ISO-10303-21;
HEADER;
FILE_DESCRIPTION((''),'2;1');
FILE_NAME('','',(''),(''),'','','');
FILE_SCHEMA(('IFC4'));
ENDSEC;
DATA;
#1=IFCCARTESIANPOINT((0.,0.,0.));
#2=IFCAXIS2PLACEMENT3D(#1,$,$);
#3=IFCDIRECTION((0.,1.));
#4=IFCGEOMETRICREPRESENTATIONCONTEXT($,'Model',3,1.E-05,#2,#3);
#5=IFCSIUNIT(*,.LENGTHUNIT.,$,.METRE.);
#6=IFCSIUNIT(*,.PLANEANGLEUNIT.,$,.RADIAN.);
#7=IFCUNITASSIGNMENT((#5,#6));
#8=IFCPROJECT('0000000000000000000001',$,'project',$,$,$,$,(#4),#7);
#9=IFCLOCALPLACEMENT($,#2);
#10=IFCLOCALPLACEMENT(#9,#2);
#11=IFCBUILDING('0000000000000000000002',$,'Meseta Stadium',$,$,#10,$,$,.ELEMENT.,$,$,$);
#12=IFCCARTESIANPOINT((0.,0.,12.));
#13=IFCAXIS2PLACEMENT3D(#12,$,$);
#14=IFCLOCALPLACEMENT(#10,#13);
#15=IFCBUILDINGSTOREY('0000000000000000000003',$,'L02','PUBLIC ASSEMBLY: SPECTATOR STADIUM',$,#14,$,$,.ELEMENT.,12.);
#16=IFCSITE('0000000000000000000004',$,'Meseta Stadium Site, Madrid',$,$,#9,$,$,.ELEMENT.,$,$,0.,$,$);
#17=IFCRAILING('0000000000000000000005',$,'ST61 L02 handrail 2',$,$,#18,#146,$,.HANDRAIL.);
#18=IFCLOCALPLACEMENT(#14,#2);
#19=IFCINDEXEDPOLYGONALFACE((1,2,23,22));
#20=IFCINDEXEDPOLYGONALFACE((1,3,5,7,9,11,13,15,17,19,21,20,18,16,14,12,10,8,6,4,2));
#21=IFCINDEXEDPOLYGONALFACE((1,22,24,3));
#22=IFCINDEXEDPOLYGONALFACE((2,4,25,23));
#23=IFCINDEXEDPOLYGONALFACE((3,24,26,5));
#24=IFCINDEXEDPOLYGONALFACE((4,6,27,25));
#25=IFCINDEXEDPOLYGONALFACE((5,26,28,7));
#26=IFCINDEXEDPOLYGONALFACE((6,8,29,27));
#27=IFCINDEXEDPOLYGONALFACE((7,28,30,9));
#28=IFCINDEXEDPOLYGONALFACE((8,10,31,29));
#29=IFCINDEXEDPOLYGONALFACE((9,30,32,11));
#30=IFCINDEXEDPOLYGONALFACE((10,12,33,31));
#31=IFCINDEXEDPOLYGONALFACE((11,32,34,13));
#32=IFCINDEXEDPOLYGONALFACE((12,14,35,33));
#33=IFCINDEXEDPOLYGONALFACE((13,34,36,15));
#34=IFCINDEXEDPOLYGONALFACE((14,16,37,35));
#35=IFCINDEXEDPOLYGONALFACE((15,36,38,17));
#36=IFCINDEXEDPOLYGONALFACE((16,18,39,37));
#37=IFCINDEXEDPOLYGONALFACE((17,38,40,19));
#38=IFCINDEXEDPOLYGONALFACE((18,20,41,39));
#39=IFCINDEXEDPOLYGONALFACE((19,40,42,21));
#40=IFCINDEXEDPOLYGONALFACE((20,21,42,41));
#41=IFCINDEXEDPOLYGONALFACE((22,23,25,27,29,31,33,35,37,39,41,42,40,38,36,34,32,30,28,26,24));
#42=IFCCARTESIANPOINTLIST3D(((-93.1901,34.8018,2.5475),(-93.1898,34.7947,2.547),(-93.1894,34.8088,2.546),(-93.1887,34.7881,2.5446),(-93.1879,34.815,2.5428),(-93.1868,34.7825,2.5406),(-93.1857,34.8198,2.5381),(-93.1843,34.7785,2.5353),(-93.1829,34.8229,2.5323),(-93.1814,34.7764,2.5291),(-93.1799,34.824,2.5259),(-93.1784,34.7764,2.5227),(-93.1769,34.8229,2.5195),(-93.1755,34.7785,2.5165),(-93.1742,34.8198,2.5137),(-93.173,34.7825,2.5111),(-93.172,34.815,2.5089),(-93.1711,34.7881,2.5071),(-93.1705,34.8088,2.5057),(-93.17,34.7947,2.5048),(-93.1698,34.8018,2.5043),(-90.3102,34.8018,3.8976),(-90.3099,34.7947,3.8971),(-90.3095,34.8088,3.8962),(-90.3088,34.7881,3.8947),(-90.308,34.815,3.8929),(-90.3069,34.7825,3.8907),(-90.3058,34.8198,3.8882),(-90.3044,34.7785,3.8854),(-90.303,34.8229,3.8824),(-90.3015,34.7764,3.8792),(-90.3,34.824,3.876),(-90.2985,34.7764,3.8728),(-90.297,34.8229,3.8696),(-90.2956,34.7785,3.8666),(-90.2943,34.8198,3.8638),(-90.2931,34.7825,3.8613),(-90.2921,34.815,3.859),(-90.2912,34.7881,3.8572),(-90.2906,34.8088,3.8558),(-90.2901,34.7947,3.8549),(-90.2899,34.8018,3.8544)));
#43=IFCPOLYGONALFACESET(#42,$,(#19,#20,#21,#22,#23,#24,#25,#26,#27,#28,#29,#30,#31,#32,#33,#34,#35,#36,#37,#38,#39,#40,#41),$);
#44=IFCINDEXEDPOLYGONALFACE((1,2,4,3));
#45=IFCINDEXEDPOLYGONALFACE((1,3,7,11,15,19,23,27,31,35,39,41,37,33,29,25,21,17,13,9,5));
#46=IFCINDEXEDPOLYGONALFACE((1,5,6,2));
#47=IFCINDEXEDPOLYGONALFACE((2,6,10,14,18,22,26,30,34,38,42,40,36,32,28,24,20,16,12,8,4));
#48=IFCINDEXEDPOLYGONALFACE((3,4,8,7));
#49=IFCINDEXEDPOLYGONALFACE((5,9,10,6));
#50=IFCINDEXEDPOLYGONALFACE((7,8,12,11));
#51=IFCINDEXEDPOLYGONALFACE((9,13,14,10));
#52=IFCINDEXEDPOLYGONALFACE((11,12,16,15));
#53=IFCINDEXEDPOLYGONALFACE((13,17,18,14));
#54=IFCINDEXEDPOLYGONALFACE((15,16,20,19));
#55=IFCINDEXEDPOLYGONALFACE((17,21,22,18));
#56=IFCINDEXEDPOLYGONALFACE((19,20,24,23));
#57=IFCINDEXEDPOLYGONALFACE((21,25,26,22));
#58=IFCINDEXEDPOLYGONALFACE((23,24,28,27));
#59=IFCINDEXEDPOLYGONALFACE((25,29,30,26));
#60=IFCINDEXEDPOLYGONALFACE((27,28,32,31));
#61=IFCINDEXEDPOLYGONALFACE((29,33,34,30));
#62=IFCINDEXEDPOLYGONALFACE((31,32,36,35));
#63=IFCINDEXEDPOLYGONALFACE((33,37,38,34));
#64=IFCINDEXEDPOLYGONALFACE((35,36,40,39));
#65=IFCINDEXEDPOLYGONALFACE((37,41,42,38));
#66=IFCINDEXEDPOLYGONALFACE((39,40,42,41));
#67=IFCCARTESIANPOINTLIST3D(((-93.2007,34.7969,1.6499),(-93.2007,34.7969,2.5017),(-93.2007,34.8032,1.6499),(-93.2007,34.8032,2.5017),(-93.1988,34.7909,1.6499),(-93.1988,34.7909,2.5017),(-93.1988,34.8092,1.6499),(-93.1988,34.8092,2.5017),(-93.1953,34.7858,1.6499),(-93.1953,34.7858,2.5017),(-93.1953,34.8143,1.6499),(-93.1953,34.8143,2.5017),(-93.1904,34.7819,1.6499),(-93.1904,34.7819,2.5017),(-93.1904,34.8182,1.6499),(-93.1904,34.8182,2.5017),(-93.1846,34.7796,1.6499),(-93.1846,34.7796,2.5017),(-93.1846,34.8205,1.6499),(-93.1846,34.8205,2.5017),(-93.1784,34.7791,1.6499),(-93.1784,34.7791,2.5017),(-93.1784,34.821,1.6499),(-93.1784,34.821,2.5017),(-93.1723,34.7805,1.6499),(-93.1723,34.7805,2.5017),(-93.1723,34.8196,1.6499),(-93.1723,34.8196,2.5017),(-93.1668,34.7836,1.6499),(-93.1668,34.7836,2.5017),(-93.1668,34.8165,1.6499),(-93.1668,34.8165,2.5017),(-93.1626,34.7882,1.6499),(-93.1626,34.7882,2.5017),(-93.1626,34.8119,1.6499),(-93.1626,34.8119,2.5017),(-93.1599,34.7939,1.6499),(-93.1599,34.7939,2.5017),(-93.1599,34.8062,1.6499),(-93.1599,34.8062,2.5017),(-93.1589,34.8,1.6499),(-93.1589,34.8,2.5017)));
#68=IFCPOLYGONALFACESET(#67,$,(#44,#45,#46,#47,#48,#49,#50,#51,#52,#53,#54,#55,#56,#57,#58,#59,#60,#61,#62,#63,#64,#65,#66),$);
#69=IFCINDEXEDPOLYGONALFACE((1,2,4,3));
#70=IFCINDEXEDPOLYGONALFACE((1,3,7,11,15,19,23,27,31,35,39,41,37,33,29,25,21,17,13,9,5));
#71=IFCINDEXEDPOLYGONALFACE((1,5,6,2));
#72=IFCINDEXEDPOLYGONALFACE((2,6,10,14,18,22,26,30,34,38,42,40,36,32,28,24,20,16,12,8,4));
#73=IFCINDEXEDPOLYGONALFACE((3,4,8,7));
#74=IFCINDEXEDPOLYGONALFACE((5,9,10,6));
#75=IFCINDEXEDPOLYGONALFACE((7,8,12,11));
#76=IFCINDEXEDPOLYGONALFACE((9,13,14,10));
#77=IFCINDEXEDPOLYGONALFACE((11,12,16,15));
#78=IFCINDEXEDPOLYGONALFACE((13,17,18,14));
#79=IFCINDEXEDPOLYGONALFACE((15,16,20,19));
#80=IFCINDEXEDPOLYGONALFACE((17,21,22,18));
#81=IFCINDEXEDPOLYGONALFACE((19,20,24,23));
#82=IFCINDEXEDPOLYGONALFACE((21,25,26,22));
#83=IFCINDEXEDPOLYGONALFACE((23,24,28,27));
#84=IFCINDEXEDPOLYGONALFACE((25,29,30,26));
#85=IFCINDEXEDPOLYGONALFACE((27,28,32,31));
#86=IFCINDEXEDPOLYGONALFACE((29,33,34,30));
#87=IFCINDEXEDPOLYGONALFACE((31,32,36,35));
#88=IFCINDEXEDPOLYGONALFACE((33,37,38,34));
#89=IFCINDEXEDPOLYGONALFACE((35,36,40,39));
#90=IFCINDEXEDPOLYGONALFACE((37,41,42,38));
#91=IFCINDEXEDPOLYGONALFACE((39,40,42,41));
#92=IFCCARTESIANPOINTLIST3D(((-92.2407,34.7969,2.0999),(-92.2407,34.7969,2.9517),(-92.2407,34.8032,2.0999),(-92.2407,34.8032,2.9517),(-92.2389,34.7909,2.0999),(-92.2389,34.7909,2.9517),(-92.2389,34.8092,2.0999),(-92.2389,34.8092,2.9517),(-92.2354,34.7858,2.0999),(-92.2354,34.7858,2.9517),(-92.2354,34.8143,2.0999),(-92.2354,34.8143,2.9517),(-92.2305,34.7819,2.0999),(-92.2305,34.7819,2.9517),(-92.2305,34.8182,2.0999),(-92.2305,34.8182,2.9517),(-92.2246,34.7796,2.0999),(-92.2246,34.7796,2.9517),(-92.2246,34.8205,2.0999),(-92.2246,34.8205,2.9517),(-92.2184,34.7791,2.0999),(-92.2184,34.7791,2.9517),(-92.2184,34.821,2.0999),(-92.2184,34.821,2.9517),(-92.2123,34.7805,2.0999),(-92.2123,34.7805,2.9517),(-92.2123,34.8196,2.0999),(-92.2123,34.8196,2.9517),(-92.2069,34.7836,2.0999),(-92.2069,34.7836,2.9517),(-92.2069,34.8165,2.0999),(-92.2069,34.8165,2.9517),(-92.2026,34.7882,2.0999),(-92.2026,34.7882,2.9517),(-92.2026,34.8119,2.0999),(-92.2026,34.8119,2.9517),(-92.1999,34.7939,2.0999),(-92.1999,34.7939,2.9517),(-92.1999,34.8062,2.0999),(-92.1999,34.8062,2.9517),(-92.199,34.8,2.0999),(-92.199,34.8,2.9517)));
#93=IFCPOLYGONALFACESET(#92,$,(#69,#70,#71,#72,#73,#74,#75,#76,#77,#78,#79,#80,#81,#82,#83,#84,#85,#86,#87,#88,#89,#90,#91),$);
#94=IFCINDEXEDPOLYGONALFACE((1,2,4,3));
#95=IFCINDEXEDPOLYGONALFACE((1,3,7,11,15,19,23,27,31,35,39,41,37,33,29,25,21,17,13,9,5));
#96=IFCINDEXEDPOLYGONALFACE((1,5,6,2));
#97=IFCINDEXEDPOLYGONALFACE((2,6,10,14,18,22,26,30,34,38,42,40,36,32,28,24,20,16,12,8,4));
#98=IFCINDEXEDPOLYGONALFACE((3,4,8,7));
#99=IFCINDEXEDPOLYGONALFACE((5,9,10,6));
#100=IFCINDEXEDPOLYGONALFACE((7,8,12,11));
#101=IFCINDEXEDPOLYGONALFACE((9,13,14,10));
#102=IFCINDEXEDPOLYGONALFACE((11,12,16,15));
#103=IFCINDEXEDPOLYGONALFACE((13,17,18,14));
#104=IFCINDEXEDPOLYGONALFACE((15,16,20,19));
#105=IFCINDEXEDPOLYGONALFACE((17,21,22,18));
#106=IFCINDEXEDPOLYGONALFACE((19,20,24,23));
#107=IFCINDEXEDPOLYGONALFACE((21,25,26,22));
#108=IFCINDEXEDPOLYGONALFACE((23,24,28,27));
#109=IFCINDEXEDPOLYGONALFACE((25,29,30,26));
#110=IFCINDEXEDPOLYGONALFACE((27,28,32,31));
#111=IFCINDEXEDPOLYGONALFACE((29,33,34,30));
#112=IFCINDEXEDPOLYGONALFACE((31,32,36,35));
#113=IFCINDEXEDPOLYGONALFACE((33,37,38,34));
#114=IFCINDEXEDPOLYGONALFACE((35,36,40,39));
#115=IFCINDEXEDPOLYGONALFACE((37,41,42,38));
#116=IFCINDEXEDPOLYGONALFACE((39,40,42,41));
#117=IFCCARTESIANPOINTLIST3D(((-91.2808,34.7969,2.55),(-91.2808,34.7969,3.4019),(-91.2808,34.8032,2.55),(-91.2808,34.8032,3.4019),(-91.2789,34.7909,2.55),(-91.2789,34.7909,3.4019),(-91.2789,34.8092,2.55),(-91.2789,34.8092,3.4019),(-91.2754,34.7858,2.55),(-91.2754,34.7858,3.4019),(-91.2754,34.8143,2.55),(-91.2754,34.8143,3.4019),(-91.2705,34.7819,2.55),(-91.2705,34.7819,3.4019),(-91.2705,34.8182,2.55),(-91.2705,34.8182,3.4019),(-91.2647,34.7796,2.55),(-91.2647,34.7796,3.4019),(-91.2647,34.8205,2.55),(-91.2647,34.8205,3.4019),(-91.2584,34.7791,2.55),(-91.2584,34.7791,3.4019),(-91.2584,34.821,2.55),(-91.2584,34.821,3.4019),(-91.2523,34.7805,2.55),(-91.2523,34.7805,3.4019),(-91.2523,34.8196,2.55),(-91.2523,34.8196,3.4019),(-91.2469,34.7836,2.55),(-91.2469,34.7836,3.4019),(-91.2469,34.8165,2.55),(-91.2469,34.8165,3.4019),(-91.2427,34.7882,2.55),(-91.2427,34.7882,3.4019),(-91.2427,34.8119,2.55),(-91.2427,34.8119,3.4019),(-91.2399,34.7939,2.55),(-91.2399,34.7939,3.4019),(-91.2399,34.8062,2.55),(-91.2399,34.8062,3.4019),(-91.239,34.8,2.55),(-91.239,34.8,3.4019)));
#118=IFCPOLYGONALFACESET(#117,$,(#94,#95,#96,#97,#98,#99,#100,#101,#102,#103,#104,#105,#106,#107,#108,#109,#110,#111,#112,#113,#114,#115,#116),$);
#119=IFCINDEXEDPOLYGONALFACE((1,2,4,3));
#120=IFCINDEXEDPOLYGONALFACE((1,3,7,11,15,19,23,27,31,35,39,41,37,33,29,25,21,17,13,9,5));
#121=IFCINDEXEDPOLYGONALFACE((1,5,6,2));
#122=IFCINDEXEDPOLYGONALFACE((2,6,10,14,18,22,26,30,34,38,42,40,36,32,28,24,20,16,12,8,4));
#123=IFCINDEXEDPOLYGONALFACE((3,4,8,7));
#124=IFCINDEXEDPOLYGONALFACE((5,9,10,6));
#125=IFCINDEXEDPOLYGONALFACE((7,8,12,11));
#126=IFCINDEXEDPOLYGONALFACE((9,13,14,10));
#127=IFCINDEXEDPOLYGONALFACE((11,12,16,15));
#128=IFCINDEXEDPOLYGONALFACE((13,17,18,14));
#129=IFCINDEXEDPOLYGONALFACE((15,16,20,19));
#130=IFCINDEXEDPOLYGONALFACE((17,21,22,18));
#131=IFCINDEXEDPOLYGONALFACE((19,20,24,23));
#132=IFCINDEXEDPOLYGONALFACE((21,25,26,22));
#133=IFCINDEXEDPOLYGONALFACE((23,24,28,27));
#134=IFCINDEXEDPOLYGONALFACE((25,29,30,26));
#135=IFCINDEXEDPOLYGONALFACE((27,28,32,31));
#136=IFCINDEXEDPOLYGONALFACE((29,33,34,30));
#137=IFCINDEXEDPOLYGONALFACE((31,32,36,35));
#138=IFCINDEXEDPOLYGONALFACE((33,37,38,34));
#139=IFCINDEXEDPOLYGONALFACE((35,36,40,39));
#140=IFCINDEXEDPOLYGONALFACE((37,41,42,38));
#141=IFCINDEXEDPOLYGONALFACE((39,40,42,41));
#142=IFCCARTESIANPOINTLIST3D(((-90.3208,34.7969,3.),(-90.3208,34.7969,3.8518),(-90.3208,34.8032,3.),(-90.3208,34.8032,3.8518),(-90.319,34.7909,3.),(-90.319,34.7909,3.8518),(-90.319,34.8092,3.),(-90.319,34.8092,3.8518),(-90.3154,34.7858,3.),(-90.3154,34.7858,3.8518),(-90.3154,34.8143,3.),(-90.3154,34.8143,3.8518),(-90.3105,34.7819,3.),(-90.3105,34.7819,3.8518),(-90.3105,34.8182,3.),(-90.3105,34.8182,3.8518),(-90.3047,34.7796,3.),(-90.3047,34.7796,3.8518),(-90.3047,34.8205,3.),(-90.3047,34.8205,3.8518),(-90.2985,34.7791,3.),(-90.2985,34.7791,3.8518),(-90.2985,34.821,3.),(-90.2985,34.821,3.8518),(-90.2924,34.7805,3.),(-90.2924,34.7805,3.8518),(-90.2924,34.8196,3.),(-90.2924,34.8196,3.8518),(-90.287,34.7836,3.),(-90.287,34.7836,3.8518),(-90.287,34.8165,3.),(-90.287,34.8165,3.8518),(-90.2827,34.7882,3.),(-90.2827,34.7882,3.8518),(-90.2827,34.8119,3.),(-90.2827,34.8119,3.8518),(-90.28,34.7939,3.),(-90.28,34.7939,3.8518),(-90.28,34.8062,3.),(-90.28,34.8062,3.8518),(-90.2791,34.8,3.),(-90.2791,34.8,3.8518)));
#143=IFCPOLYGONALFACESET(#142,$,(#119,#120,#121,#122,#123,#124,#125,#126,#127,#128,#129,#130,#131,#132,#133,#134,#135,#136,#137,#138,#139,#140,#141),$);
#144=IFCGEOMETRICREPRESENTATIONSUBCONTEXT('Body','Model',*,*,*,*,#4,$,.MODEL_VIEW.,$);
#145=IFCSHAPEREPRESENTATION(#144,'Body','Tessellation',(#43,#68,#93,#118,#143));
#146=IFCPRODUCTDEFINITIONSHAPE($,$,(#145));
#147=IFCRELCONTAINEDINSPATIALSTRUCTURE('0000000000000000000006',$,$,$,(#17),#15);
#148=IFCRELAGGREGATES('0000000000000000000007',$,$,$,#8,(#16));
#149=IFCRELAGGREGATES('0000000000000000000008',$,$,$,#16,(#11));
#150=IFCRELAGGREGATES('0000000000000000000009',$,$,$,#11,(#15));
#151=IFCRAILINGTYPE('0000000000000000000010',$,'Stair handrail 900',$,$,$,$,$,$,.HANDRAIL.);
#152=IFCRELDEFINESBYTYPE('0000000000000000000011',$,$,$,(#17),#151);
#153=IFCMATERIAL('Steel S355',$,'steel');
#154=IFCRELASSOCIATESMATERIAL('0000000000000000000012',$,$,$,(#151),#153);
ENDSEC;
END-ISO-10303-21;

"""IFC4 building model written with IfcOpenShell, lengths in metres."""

from ifc_helpers import new_model, si_unit, direction, frame, origin, origin_2d, place, context, subcontext, project, spatial, circle, extrude, material, type_object, element, save


model = new_model("IFC4")

# Units and contexts
model_context = context("Model", 3, precision=1e-05, world=origin(), true_north=direction((0.0, 1.0)))
body_context = subcontext(model_context, "Body", "Model", "MODEL_VIEW")
ifc_project = project(units=[si_unit("LENGTHUNIT", "METRE"), si_unit("PLANEANGLEUNIT", "RADIAN")], contexts=[model_context])

# Site, building, storey
site_placement = place(None, origin())
site = spatial("IfcSite", under=ifc_project, at=site_placement, Name="Meseta Stadium Site, Madrid", CompositionType="ELEMENT", RefElevation=0.0)
building_placement = place(site_placement, origin())
building = spatial("IfcBuilding", under=site, at=building_placement, Name="Meseta Stadium", CompositionType="ELEMENT")
storey_placement = place(building_placement, frame((0.0, 0.0, 12.0)))
storey = spatial("IfcBuildingStorey", under=building, at=storey_placement, Name="L02", Description="PUBLIC ASSEMBLY: SPECTATOR STADIUM", CompositionType="ELEMENT", Elevation=12.0)

# Railing
ifc_material_1 = material(Name="Steel S355", Category="steel")
railing_type_1 = type_object("IfcRailingType", Name="Stair handrail 900", PredefinedType="HANDRAIL", material=ifc_material_1)
railing_1_placement = place(storey_placement, frame((-93.1799, 34.8, 1.6499)))
element("IfcRailing", 1, at=railing_1_placement, inside=storey, type_object=railing_type_1, Name="ST61 L02 handrail 2", PredefinedType="HANDRAIL", context=body_context, shape_type="SweptSolid", body=[
    extrude(circle(Radius=0.0239, at=origin_2d()), frame((0.0, 0.0, 0.876), z_axis=(0.90544, 0.0, 0.424473), x_axis=(0.0, 1.0, 0.0)), (0.0, 0.0, 1.0), 3.1807),
    extrude(circle(Radius=0.021, at=origin_2d()), origin(), (0.0, 0.0, 1.0), 0.8518),
    extrude(circle(Radius=0.021, at=origin_2d()), frame((0.96, 0.0, 0.45)), (0.0, 0.0, 1.0), 0.8518),
    extrude(circle(Radius=0.021, at=origin_2d()), frame((1.9199, 0.0, 0.9001)), (0.0, 0.0, 1.0), 0.8518),
    extrude(circle(Radius=0.021, at=origin_2d()), frame((2.8799, 0.0, 1.3501)), (0.0, 0.0, 1.0), 0.8518),
])

save(model, "model.ifc")
